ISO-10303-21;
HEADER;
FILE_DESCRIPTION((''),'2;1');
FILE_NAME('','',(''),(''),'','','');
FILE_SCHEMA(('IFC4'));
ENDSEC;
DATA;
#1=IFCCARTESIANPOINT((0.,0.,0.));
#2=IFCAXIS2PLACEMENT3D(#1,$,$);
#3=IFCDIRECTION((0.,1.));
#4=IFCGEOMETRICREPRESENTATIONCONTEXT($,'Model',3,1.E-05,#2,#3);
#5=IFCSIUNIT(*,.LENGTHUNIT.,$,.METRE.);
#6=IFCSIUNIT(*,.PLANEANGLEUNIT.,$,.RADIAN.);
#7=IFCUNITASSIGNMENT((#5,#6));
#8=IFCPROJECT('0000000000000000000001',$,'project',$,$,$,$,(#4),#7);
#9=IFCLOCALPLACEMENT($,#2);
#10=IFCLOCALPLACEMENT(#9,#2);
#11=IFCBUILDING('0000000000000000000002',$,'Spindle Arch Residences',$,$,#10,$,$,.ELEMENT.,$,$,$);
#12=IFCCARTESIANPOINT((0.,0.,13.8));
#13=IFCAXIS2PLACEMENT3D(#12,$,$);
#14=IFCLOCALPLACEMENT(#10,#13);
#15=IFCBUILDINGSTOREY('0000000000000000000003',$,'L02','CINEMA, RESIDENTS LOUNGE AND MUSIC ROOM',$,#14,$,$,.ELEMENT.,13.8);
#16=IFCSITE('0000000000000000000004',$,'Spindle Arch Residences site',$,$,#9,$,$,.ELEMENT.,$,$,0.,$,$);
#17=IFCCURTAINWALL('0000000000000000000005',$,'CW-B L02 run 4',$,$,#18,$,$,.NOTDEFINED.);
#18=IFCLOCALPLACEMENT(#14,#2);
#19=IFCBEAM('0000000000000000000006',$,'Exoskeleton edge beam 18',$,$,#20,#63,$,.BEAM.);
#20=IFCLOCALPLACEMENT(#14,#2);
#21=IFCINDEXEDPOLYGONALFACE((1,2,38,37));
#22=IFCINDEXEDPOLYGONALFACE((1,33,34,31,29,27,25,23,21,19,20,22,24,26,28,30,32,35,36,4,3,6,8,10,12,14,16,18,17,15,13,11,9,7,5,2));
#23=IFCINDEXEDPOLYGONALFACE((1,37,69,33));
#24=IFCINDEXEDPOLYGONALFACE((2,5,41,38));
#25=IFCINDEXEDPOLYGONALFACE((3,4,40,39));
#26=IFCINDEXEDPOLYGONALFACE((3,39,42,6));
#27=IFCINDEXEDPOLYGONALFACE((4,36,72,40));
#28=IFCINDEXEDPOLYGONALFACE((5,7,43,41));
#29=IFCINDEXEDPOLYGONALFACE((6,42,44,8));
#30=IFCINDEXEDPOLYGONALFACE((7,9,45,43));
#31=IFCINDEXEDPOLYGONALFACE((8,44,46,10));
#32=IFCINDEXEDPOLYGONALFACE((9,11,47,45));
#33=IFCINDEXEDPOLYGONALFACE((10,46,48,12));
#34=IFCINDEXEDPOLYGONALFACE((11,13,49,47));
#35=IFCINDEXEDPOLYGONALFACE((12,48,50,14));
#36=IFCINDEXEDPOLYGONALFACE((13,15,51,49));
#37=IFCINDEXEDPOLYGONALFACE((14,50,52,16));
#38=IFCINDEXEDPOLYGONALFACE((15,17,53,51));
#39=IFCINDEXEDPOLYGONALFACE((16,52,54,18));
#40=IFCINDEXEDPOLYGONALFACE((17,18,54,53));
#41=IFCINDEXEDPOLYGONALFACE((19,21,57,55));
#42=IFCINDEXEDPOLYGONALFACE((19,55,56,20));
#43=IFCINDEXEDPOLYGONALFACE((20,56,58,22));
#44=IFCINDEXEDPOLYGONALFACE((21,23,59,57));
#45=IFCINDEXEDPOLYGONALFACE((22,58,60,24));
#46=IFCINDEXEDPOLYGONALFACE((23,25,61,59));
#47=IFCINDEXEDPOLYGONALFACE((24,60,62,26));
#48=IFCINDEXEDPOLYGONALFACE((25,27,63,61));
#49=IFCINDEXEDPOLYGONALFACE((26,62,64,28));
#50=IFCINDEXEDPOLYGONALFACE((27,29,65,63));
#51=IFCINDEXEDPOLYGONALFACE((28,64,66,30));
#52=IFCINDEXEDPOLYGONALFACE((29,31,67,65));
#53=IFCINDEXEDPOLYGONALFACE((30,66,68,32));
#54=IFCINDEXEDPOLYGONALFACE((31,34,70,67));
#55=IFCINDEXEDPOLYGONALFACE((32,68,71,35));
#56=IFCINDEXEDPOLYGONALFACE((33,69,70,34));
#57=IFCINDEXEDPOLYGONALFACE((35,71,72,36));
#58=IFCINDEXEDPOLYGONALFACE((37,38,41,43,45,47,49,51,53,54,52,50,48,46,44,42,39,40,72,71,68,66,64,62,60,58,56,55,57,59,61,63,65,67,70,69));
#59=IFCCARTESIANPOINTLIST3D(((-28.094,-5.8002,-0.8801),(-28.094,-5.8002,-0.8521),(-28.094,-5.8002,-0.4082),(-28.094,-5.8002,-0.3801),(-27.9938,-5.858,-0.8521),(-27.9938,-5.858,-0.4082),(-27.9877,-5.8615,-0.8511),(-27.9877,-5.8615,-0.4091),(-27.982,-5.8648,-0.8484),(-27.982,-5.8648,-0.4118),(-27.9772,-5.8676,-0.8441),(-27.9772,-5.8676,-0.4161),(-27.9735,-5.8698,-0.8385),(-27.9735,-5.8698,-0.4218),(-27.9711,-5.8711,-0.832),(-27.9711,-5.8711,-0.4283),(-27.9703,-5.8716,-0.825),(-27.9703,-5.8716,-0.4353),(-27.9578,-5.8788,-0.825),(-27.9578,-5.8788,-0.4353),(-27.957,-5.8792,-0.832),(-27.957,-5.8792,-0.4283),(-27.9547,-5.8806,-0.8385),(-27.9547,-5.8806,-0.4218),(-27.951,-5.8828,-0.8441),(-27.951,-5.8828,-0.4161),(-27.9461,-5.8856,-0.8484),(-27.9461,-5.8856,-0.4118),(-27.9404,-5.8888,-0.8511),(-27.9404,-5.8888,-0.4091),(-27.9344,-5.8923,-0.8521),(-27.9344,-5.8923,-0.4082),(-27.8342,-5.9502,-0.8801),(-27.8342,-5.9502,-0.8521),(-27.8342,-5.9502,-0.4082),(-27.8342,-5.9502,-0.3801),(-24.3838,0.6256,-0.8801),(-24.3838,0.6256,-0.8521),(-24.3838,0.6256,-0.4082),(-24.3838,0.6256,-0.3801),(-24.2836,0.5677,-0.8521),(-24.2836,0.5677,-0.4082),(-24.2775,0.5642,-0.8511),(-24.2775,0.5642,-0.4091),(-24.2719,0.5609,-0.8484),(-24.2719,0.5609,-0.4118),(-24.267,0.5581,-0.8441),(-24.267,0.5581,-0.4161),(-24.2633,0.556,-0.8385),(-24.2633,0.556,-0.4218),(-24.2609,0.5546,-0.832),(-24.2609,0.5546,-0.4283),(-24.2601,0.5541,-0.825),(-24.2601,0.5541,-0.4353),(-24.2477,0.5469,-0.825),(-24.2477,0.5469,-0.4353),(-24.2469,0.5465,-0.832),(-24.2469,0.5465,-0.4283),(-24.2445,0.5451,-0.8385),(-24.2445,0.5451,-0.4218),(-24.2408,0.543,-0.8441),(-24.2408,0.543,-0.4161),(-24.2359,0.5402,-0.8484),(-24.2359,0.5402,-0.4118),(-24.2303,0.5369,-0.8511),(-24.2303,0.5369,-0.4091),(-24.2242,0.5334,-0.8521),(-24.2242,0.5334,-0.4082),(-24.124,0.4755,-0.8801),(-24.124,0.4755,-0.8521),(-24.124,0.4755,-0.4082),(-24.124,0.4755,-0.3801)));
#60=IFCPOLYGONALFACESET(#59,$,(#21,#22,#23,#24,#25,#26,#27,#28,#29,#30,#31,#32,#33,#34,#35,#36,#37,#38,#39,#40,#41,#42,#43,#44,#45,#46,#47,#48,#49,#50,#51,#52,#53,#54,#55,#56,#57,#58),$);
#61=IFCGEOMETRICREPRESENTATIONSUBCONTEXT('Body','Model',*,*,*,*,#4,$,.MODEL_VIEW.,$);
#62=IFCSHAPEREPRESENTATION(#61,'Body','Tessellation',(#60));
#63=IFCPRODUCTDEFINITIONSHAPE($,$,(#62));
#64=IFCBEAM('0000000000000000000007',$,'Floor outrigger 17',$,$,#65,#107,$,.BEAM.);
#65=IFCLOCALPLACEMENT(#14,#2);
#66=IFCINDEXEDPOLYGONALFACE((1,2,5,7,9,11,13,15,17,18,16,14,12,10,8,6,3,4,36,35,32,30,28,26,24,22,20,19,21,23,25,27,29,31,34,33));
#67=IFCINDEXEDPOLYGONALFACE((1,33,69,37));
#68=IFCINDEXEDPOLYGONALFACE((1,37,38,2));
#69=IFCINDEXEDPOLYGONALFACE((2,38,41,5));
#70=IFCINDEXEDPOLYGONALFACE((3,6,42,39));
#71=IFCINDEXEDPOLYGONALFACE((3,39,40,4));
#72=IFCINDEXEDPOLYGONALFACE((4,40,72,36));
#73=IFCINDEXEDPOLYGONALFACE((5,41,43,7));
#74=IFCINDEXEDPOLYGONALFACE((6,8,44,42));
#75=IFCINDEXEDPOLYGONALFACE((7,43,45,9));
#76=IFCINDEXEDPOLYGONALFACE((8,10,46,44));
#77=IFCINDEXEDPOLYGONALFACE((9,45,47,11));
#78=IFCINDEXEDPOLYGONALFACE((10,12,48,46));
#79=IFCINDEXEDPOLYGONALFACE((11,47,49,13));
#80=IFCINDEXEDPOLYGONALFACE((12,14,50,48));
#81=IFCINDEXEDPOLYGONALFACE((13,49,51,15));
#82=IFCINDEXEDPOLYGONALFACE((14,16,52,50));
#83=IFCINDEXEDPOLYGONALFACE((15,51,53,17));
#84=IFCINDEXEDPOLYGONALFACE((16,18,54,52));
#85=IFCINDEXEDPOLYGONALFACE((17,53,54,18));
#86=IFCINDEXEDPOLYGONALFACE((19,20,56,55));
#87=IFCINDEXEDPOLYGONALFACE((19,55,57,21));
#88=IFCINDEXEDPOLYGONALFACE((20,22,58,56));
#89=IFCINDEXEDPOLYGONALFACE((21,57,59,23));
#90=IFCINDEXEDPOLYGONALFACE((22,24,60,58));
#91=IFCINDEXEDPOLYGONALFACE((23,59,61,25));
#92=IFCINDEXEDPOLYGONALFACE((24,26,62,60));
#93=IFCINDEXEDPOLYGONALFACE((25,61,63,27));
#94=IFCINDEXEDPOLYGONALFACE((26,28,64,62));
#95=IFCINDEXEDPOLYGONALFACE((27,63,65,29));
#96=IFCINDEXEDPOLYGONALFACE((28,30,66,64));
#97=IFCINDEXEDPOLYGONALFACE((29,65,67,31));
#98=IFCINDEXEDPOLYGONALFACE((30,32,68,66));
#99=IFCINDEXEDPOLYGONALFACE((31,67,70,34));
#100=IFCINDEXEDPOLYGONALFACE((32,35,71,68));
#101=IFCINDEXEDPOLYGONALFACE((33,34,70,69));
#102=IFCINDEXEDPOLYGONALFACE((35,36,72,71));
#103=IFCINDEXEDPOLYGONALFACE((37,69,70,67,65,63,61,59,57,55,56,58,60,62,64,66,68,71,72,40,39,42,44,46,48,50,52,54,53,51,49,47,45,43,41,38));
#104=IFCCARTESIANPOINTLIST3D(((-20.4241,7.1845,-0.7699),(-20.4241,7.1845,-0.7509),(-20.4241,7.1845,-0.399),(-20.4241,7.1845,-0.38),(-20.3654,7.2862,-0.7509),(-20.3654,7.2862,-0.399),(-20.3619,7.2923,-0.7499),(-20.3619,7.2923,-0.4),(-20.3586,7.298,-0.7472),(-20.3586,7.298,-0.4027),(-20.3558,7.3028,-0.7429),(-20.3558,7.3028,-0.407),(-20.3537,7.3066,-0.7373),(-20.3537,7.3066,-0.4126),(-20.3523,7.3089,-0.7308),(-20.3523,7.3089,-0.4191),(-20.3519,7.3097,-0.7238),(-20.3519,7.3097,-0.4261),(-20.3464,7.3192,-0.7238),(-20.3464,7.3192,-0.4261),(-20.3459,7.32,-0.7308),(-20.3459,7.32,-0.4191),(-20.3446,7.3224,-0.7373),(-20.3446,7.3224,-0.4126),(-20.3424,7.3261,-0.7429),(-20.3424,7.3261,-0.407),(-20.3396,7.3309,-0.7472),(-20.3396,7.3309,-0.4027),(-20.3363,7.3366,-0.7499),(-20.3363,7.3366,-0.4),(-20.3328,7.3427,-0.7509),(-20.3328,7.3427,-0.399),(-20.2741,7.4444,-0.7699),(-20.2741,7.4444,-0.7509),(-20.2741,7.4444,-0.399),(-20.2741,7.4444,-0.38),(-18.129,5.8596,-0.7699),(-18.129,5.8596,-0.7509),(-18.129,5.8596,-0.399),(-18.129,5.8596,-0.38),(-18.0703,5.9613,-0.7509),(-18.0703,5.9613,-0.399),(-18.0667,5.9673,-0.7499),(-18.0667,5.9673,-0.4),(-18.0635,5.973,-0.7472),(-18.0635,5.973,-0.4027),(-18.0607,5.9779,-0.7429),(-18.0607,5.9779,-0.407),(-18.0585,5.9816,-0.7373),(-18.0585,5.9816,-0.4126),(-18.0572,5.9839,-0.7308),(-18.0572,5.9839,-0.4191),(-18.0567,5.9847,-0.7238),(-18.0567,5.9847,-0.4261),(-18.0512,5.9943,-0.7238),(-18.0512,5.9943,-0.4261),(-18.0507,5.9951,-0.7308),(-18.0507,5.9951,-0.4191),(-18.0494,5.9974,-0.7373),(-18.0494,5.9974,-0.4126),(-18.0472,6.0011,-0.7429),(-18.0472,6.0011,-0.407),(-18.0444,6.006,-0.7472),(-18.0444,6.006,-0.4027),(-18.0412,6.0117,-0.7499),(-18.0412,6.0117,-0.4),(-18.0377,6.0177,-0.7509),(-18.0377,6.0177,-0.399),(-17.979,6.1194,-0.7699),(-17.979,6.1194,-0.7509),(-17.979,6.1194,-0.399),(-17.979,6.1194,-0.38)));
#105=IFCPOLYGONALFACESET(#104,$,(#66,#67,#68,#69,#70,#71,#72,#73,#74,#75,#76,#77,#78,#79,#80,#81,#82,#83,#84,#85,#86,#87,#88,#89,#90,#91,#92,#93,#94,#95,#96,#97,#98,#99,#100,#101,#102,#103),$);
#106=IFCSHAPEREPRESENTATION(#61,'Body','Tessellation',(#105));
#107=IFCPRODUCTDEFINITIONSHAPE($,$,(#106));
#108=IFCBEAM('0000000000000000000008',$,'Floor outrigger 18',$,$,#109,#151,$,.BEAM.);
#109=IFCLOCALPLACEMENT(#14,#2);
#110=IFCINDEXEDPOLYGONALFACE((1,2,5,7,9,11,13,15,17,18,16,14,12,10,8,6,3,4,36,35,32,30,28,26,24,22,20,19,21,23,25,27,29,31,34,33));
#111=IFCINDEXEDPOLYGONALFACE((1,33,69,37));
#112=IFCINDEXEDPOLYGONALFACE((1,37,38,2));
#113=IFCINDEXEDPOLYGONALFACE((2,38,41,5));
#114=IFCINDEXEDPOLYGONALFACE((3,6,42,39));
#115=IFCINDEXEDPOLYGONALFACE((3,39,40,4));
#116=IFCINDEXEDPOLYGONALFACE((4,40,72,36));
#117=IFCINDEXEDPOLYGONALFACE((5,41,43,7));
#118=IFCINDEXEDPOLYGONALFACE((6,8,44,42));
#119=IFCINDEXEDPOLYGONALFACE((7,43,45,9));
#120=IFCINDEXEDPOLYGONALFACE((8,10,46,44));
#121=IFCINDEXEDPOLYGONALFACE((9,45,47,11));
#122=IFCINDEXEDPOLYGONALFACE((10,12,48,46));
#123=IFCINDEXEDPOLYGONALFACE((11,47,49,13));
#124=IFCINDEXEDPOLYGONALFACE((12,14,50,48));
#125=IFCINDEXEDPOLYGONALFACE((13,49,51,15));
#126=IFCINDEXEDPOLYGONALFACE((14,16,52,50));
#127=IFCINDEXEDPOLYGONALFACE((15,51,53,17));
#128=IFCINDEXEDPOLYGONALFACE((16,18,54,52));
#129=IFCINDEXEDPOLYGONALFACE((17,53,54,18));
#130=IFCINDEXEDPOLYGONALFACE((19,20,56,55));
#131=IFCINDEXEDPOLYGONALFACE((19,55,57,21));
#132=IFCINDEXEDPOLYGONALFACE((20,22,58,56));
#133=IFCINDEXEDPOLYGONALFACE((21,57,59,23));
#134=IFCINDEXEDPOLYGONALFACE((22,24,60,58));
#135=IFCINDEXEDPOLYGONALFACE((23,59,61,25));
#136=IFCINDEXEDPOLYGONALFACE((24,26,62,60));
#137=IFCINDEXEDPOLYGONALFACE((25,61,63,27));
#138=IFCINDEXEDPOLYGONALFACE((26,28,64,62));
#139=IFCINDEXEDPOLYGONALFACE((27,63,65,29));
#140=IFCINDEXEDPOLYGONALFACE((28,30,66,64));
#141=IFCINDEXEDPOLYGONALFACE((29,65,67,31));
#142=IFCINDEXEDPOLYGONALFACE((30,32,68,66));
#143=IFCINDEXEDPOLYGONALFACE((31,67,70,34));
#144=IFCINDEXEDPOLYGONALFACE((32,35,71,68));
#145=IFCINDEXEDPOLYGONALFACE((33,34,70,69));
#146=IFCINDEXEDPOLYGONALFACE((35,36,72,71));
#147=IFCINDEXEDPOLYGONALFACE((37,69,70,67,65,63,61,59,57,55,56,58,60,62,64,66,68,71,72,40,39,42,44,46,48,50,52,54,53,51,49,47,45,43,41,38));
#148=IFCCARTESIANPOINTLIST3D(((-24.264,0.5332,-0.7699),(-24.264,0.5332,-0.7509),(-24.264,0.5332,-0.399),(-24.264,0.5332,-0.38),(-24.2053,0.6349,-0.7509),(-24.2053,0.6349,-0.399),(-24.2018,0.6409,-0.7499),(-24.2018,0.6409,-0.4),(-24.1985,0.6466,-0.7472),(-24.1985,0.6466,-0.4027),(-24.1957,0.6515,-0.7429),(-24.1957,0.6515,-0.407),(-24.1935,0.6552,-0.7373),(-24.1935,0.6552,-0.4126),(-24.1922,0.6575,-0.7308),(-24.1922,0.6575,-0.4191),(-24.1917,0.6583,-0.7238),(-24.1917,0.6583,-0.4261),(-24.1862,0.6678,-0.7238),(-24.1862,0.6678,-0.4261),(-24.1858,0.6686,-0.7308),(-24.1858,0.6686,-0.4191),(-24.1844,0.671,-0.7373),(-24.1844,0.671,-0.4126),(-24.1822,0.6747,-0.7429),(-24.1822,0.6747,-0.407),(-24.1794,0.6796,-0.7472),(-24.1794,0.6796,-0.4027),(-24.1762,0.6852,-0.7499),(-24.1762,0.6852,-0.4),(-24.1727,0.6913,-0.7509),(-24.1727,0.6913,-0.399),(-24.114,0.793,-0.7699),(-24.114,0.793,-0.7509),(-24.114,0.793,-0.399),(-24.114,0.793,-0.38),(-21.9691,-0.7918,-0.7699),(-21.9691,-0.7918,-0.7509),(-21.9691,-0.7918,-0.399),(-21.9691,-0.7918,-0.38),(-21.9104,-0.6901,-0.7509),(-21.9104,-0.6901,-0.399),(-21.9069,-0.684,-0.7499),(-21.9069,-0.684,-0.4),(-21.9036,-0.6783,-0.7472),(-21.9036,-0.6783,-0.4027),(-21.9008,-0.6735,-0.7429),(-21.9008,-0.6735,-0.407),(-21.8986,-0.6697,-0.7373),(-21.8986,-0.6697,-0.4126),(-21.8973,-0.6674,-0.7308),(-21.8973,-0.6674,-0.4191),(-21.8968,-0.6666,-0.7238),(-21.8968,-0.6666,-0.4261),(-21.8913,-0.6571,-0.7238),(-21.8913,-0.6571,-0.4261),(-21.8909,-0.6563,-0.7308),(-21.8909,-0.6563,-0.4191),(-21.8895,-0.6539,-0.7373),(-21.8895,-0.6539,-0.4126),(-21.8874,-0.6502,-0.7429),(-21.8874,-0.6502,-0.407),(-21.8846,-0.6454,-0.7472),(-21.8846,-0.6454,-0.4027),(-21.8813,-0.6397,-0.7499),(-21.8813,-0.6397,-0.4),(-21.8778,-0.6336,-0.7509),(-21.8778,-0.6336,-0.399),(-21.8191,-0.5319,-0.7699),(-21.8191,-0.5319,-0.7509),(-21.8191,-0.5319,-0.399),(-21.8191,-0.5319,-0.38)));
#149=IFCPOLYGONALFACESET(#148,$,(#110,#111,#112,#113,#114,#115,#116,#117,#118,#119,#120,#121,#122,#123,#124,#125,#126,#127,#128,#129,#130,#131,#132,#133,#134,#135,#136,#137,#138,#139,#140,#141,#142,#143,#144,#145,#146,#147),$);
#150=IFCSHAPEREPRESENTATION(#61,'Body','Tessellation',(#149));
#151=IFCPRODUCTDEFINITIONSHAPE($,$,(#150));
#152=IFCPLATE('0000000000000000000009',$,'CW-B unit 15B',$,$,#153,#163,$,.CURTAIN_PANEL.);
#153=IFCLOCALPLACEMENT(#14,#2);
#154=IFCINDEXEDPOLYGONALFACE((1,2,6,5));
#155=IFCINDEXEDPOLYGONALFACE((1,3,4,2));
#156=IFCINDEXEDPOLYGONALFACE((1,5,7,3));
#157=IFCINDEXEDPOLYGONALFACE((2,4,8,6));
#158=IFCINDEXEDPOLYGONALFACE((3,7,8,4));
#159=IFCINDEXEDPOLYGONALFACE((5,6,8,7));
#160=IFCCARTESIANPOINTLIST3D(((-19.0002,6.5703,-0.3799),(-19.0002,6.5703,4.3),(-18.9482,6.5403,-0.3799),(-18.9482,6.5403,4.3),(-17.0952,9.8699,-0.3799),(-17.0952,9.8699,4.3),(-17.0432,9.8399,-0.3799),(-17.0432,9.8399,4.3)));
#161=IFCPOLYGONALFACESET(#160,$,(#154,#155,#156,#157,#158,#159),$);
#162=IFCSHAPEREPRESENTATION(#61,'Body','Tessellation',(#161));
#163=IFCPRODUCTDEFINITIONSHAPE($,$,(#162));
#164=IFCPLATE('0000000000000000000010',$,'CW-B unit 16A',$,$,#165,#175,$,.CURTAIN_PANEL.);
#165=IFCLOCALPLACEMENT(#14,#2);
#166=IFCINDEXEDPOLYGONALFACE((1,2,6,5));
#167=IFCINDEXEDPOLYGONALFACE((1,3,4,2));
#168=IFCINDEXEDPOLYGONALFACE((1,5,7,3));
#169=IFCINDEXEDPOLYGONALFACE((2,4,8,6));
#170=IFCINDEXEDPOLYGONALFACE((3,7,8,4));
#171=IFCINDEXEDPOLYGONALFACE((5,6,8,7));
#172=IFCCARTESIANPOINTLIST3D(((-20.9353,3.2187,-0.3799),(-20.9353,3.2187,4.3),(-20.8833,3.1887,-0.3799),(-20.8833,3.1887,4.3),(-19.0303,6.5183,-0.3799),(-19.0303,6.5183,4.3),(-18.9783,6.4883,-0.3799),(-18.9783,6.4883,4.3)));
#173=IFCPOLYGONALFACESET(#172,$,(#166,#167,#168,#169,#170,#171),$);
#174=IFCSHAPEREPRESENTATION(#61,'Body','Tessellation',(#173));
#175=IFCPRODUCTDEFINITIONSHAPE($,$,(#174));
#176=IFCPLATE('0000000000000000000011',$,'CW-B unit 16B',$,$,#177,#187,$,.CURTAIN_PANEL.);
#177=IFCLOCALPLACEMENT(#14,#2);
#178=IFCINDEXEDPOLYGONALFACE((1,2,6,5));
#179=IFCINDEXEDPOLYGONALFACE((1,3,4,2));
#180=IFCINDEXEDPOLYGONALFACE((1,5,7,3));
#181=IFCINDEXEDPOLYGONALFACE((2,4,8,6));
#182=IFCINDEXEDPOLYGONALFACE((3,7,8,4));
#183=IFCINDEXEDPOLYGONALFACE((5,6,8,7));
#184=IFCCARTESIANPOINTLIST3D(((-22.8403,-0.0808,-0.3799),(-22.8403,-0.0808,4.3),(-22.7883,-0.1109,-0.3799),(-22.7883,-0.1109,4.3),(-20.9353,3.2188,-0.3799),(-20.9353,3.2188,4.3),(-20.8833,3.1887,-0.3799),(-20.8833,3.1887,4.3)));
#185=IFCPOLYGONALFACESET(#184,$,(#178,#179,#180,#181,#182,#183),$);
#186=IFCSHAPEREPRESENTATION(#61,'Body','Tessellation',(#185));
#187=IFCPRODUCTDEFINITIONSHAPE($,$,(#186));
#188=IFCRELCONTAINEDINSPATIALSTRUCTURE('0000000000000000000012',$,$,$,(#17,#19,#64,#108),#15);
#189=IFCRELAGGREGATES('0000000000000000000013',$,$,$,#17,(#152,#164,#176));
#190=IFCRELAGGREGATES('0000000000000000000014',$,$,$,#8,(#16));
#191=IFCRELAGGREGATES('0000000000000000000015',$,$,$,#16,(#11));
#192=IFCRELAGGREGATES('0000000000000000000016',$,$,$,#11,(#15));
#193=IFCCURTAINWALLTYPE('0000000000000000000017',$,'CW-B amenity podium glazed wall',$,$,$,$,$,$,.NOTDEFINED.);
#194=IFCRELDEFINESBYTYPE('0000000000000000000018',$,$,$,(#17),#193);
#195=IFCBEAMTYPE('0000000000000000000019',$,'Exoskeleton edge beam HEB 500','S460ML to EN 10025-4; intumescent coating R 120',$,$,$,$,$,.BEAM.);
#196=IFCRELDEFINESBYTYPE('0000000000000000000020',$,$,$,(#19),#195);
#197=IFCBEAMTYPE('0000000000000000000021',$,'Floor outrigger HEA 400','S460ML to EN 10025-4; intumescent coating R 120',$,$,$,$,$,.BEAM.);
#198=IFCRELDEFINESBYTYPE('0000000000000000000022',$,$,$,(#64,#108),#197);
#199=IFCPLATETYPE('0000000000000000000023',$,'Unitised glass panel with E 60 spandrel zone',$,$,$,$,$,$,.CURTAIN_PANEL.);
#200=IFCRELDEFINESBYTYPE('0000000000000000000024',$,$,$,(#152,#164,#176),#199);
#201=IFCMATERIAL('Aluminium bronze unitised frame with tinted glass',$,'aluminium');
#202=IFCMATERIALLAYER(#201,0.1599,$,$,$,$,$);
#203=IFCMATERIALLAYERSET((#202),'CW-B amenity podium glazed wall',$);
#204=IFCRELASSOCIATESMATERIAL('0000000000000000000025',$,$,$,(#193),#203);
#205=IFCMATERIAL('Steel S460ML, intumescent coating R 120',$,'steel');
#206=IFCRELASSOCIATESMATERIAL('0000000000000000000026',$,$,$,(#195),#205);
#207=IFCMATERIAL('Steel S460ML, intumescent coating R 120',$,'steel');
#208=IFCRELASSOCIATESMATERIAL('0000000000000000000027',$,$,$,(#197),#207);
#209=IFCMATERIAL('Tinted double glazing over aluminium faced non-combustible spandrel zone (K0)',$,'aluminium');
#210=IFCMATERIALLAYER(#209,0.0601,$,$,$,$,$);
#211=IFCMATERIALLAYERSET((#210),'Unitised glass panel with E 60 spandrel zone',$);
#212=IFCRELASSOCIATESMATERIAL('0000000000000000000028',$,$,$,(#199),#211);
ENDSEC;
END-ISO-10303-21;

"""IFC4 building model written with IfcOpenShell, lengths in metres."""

from ifc_helpers import new_model, si_unit, direction, frame, origin, origin_2d, place, context, subcontext, project, spatial, rectangle, i_section, extrude, material, layer, layer_set, material_profile, profile_set, type_object, element, aggregate, save


model = new_model("IFC4")

# Units and contexts
model_context = context("Model", 3, precision=1e-05, world=origin(), true_north=direction((0.0, 1.0)))
body_context = subcontext(model_context, "Body", "Model", "MODEL_VIEW")
ifc_project = project(units=[si_unit("LENGTHUNIT", "METRE"), si_unit("PLANEANGLEUNIT", "RADIAN")], contexts=[model_context])

# Site, building, storey
site_placement = place(None, origin())
site = spatial("IfcSite", under=ifc_project, at=site_placement, Name="Spindle Arch Residences site", CompositionType="ELEMENT", RefElevation=0.0)
building_placement = place(site_placement, origin())
building = spatial("IfcBuilding", under=site, at=building_placement, Name="Spindle Arch Residences", CompositionType="ELEMENT")
storey_placement = place(building_placement, frame((0.0, 0.0, 13.8)))
storey = spatial("IfcBuildingStorey", under=building, at=storey_placement, Name="L02", Description="CINEMA, RESIDENTS LOUNGE AND MUSIC ROOM", CompositionType="ELEMENT", Elevation=13.8)

# Curtain wall
ifc_material_1 = material(Name="Aluminium bronze unitised frame with tinted glass", Category="aluminium")
ifc_layer_1 = layer(ifc_material_1, 0.1599)
ifc_layer_set_1 = layer_set([ifc_layer_1], Name="CW-B amenity podium glazed wall")
curtain_wall_type = type_object("IfcCurtainWallType", Name="CW-B amenity podium glazed wall", PredefinedType="NOTDEFINED", material=ifc_layer_set_1)
curtain_wall_placement = place(storey_placement, origin())
curtain_wall = element("IfcCurtainWall", 1, at=curtain_wall_placement, inside=storey, type_object=curtain_wall_type, Name="CW-B L02 run 4", PredefinedType="NOTDEFINED")

# Beams
ifc_material_2 = material(Name="Steel S460ML, intumescent coating R 120", Category="steel")
ifc_material_profile_1 = material_profile(ifc_material_2, i_section(OverallWidth=0.3, OverallDepth=0.5, WebThickness=0.0144, FlangeThickness=0.0281, FilletRadius=0.0271, at=origin_2d()), Name="HEB 500")
ifc_profile_set_1 = profile_set([ifc_material_profile_1], Name="Steel S460ML, intumescent coating R 120")
beam_type_1 = type_object("IfcBeamType", Name="Exoskeleton edge beam HEB 500", Description="S460ML to EN 10025-4; intumescent coating R 120", PredefinedType="BEAM", material=ifc_profile_set_1)
beam_1_placement = place(storey_placement, frame((-24.2539, 0.5505, -0.6301), z_axis=(-0.500028, -0.866009, 0.0), x_axis=(0.866009, -0.500028, 0.0)))
element("IfcBeam", 2, at=beam_1_placement, inside=storey, type_object=beam_type_1, Name="Exoskeleton edge beam 18", PredefinedType="BEAM", context=body_context, shape_type="SweptSolid", body=[
    extrude(i_section(OverallWidth=0.3, OverallDepth=0.5, WebThickness=0.0144, FlangeThickness=0.0281, FilletRadius=0.0271, at=origin_2d()), origin(), (0.0, 0.0, 1.0), 7.4199),
])
ifc_material_3 = material(Name="Steel S460ML, intumescent coating R 120", Category="steel")
ifc_material_profile_2 = material_profile(ifc_material_3, i_section(OverallWidth=0.3, OverallDepth=0.3899, WebThickness=0.011, FlangeThickness=0.019, FilletRadius=0.0271, at=origin_2d()), Name="HEA 400")
ifc_profile_set_2 = profile_set([ifc_material_profile_2], Name="Steel S460ML, intumescent coating R 120")
beam_type_2 = type_object("IfcBeamType", Name="Floor outrigger HEA 400", Description="S460ML to EN 10025-4; intumescent coating R 120", PredefinedType="BEAM", material=ifc_profile_set_2)
beam_2_placement = place(storey_placement, frame((-20.3491, 7.3145, -0.575), z_axis=(0.866052, -0.499954, 0.0), x_axis=(0.499954, 0.866052, 0.0)))
element("IfcBeam", 3, at=beam_2_placement, inside=storey, type_object=beam_type_2, Name="Floor outrigger 17", PredefinedType="BEAM", context=body_context, shape_type="SweptSolid", body=[
    extrude(i_section(OverallWidth=0.3, OverallDepth=0.3899, WebThickness=0.011, FlangeThickness=0.019, FilletRadius=0.0271, at=origin_2d()), origin(), (0.0, 0.0, 1.0), 2.6501),
])
beam_3_placement = place(storey_placement, frame((-24.189, 0.6631, -0.575), z_axis=(0.866029, -0.499994, 0.0), x_axis=(0.499994, 0.866029, 0.0)))
element("IfcBeam", 4, at=beam_3_placement, inside=storey, type_object=beam_type_2, Name="Floor outrigger 18", PredefinedType="BEAM", context=body_context, shape_type="SweptSolid", body=[
    extrude(i_section(OverallWidth=0.3, OverallDepth=0.3899, WebThickness=0.011, FlangeThickness=0.019, FilletRadius=0.0271, at=origin_2d()), origin(), (0.0, 0.0, 1.0), 2.6499),
])

# Plates
ifc_material_4 = material(Name="Tinted double glazing over aluminium faced non-combustible spandrel zone (K0)", Category="aluminium")
ifc_layer_2 = layer(ifc_material_4, 0.0601)
ifc_layer_set_2 = layer_set([ifc_layer_2], Name="Unitised glass panel with E 60 spandrel zone")
plate_type = type_object("IfcPlateType", Name="Unitised glass panel with E 60 spandrel zone", PredefinedType="CURTAIN_PANEL", material=ifc_layer_set_2)
plate_1_placement = place(storey_placement, frame((-18.0217, 8.2051, -0.3799), z_axis=(0.0, 0.0, 1.0), x_axis=(-0.5, -0.866025, 0.0)))
plate_1 = element("IfcPlate", 5, at=plate_1_placement, type_object=plate_type, Name="CW-B unit 15B", PredefinedType="CURTAIN_PANEL", context=body_context, shape_type="SweptSolid", body=[
    extrude(rectangle(XDim=3.8101, YDim=0.0601, at=origin_2d()), origin(), (0.0, 0.0, 1.0), 4.6799),
])
plate_2_placement = place(storey_placement, frame((-19.9568, 4.8535, -0.3799), z_axis=(0.0, 0.0, 1.0), x_axis=(-0.5, -0.866025, 0.0)))
plate_2 = element("IfcPlate", 6, at=plate_2_placement, type_object=plate_type, Name="CW-B unit 16A", PredefinedType="CURTAIN_PANEL", context=body_context, shape_type="SweptSolid", body=[
    extrude(rectangle(XDim=3.8101, YDim=0.0601, at=origin_2d()), origin(), (0.0, 0.0, 1.0), 4.6799),
])
plate_3_placement = place(storey_placement, frame((-21.8618, 1.554, -0.3799), z_axis=(0.0, 0.0, 1.0), x_axis=(-0.5, -0.866025, 0.0)))
plate_3 = element("IfcPlate", 7, at=plate_3_placement, type_object=plate_type, Name="CW-B unit 16B", PredefinedType="CURTAIN_PANEL", context=body_context, shape_type="SweptSolid", body=[
    extrude(rectangle(XDim=3.8101, YDim=0.0601, at=origin_2d()), origin(), (0.0, 0.0, 1.0), 4.6799),
])
aggregate(curtain_wall, [plate_1, plate_2, plate_3])

save(model, "model.ifc")
